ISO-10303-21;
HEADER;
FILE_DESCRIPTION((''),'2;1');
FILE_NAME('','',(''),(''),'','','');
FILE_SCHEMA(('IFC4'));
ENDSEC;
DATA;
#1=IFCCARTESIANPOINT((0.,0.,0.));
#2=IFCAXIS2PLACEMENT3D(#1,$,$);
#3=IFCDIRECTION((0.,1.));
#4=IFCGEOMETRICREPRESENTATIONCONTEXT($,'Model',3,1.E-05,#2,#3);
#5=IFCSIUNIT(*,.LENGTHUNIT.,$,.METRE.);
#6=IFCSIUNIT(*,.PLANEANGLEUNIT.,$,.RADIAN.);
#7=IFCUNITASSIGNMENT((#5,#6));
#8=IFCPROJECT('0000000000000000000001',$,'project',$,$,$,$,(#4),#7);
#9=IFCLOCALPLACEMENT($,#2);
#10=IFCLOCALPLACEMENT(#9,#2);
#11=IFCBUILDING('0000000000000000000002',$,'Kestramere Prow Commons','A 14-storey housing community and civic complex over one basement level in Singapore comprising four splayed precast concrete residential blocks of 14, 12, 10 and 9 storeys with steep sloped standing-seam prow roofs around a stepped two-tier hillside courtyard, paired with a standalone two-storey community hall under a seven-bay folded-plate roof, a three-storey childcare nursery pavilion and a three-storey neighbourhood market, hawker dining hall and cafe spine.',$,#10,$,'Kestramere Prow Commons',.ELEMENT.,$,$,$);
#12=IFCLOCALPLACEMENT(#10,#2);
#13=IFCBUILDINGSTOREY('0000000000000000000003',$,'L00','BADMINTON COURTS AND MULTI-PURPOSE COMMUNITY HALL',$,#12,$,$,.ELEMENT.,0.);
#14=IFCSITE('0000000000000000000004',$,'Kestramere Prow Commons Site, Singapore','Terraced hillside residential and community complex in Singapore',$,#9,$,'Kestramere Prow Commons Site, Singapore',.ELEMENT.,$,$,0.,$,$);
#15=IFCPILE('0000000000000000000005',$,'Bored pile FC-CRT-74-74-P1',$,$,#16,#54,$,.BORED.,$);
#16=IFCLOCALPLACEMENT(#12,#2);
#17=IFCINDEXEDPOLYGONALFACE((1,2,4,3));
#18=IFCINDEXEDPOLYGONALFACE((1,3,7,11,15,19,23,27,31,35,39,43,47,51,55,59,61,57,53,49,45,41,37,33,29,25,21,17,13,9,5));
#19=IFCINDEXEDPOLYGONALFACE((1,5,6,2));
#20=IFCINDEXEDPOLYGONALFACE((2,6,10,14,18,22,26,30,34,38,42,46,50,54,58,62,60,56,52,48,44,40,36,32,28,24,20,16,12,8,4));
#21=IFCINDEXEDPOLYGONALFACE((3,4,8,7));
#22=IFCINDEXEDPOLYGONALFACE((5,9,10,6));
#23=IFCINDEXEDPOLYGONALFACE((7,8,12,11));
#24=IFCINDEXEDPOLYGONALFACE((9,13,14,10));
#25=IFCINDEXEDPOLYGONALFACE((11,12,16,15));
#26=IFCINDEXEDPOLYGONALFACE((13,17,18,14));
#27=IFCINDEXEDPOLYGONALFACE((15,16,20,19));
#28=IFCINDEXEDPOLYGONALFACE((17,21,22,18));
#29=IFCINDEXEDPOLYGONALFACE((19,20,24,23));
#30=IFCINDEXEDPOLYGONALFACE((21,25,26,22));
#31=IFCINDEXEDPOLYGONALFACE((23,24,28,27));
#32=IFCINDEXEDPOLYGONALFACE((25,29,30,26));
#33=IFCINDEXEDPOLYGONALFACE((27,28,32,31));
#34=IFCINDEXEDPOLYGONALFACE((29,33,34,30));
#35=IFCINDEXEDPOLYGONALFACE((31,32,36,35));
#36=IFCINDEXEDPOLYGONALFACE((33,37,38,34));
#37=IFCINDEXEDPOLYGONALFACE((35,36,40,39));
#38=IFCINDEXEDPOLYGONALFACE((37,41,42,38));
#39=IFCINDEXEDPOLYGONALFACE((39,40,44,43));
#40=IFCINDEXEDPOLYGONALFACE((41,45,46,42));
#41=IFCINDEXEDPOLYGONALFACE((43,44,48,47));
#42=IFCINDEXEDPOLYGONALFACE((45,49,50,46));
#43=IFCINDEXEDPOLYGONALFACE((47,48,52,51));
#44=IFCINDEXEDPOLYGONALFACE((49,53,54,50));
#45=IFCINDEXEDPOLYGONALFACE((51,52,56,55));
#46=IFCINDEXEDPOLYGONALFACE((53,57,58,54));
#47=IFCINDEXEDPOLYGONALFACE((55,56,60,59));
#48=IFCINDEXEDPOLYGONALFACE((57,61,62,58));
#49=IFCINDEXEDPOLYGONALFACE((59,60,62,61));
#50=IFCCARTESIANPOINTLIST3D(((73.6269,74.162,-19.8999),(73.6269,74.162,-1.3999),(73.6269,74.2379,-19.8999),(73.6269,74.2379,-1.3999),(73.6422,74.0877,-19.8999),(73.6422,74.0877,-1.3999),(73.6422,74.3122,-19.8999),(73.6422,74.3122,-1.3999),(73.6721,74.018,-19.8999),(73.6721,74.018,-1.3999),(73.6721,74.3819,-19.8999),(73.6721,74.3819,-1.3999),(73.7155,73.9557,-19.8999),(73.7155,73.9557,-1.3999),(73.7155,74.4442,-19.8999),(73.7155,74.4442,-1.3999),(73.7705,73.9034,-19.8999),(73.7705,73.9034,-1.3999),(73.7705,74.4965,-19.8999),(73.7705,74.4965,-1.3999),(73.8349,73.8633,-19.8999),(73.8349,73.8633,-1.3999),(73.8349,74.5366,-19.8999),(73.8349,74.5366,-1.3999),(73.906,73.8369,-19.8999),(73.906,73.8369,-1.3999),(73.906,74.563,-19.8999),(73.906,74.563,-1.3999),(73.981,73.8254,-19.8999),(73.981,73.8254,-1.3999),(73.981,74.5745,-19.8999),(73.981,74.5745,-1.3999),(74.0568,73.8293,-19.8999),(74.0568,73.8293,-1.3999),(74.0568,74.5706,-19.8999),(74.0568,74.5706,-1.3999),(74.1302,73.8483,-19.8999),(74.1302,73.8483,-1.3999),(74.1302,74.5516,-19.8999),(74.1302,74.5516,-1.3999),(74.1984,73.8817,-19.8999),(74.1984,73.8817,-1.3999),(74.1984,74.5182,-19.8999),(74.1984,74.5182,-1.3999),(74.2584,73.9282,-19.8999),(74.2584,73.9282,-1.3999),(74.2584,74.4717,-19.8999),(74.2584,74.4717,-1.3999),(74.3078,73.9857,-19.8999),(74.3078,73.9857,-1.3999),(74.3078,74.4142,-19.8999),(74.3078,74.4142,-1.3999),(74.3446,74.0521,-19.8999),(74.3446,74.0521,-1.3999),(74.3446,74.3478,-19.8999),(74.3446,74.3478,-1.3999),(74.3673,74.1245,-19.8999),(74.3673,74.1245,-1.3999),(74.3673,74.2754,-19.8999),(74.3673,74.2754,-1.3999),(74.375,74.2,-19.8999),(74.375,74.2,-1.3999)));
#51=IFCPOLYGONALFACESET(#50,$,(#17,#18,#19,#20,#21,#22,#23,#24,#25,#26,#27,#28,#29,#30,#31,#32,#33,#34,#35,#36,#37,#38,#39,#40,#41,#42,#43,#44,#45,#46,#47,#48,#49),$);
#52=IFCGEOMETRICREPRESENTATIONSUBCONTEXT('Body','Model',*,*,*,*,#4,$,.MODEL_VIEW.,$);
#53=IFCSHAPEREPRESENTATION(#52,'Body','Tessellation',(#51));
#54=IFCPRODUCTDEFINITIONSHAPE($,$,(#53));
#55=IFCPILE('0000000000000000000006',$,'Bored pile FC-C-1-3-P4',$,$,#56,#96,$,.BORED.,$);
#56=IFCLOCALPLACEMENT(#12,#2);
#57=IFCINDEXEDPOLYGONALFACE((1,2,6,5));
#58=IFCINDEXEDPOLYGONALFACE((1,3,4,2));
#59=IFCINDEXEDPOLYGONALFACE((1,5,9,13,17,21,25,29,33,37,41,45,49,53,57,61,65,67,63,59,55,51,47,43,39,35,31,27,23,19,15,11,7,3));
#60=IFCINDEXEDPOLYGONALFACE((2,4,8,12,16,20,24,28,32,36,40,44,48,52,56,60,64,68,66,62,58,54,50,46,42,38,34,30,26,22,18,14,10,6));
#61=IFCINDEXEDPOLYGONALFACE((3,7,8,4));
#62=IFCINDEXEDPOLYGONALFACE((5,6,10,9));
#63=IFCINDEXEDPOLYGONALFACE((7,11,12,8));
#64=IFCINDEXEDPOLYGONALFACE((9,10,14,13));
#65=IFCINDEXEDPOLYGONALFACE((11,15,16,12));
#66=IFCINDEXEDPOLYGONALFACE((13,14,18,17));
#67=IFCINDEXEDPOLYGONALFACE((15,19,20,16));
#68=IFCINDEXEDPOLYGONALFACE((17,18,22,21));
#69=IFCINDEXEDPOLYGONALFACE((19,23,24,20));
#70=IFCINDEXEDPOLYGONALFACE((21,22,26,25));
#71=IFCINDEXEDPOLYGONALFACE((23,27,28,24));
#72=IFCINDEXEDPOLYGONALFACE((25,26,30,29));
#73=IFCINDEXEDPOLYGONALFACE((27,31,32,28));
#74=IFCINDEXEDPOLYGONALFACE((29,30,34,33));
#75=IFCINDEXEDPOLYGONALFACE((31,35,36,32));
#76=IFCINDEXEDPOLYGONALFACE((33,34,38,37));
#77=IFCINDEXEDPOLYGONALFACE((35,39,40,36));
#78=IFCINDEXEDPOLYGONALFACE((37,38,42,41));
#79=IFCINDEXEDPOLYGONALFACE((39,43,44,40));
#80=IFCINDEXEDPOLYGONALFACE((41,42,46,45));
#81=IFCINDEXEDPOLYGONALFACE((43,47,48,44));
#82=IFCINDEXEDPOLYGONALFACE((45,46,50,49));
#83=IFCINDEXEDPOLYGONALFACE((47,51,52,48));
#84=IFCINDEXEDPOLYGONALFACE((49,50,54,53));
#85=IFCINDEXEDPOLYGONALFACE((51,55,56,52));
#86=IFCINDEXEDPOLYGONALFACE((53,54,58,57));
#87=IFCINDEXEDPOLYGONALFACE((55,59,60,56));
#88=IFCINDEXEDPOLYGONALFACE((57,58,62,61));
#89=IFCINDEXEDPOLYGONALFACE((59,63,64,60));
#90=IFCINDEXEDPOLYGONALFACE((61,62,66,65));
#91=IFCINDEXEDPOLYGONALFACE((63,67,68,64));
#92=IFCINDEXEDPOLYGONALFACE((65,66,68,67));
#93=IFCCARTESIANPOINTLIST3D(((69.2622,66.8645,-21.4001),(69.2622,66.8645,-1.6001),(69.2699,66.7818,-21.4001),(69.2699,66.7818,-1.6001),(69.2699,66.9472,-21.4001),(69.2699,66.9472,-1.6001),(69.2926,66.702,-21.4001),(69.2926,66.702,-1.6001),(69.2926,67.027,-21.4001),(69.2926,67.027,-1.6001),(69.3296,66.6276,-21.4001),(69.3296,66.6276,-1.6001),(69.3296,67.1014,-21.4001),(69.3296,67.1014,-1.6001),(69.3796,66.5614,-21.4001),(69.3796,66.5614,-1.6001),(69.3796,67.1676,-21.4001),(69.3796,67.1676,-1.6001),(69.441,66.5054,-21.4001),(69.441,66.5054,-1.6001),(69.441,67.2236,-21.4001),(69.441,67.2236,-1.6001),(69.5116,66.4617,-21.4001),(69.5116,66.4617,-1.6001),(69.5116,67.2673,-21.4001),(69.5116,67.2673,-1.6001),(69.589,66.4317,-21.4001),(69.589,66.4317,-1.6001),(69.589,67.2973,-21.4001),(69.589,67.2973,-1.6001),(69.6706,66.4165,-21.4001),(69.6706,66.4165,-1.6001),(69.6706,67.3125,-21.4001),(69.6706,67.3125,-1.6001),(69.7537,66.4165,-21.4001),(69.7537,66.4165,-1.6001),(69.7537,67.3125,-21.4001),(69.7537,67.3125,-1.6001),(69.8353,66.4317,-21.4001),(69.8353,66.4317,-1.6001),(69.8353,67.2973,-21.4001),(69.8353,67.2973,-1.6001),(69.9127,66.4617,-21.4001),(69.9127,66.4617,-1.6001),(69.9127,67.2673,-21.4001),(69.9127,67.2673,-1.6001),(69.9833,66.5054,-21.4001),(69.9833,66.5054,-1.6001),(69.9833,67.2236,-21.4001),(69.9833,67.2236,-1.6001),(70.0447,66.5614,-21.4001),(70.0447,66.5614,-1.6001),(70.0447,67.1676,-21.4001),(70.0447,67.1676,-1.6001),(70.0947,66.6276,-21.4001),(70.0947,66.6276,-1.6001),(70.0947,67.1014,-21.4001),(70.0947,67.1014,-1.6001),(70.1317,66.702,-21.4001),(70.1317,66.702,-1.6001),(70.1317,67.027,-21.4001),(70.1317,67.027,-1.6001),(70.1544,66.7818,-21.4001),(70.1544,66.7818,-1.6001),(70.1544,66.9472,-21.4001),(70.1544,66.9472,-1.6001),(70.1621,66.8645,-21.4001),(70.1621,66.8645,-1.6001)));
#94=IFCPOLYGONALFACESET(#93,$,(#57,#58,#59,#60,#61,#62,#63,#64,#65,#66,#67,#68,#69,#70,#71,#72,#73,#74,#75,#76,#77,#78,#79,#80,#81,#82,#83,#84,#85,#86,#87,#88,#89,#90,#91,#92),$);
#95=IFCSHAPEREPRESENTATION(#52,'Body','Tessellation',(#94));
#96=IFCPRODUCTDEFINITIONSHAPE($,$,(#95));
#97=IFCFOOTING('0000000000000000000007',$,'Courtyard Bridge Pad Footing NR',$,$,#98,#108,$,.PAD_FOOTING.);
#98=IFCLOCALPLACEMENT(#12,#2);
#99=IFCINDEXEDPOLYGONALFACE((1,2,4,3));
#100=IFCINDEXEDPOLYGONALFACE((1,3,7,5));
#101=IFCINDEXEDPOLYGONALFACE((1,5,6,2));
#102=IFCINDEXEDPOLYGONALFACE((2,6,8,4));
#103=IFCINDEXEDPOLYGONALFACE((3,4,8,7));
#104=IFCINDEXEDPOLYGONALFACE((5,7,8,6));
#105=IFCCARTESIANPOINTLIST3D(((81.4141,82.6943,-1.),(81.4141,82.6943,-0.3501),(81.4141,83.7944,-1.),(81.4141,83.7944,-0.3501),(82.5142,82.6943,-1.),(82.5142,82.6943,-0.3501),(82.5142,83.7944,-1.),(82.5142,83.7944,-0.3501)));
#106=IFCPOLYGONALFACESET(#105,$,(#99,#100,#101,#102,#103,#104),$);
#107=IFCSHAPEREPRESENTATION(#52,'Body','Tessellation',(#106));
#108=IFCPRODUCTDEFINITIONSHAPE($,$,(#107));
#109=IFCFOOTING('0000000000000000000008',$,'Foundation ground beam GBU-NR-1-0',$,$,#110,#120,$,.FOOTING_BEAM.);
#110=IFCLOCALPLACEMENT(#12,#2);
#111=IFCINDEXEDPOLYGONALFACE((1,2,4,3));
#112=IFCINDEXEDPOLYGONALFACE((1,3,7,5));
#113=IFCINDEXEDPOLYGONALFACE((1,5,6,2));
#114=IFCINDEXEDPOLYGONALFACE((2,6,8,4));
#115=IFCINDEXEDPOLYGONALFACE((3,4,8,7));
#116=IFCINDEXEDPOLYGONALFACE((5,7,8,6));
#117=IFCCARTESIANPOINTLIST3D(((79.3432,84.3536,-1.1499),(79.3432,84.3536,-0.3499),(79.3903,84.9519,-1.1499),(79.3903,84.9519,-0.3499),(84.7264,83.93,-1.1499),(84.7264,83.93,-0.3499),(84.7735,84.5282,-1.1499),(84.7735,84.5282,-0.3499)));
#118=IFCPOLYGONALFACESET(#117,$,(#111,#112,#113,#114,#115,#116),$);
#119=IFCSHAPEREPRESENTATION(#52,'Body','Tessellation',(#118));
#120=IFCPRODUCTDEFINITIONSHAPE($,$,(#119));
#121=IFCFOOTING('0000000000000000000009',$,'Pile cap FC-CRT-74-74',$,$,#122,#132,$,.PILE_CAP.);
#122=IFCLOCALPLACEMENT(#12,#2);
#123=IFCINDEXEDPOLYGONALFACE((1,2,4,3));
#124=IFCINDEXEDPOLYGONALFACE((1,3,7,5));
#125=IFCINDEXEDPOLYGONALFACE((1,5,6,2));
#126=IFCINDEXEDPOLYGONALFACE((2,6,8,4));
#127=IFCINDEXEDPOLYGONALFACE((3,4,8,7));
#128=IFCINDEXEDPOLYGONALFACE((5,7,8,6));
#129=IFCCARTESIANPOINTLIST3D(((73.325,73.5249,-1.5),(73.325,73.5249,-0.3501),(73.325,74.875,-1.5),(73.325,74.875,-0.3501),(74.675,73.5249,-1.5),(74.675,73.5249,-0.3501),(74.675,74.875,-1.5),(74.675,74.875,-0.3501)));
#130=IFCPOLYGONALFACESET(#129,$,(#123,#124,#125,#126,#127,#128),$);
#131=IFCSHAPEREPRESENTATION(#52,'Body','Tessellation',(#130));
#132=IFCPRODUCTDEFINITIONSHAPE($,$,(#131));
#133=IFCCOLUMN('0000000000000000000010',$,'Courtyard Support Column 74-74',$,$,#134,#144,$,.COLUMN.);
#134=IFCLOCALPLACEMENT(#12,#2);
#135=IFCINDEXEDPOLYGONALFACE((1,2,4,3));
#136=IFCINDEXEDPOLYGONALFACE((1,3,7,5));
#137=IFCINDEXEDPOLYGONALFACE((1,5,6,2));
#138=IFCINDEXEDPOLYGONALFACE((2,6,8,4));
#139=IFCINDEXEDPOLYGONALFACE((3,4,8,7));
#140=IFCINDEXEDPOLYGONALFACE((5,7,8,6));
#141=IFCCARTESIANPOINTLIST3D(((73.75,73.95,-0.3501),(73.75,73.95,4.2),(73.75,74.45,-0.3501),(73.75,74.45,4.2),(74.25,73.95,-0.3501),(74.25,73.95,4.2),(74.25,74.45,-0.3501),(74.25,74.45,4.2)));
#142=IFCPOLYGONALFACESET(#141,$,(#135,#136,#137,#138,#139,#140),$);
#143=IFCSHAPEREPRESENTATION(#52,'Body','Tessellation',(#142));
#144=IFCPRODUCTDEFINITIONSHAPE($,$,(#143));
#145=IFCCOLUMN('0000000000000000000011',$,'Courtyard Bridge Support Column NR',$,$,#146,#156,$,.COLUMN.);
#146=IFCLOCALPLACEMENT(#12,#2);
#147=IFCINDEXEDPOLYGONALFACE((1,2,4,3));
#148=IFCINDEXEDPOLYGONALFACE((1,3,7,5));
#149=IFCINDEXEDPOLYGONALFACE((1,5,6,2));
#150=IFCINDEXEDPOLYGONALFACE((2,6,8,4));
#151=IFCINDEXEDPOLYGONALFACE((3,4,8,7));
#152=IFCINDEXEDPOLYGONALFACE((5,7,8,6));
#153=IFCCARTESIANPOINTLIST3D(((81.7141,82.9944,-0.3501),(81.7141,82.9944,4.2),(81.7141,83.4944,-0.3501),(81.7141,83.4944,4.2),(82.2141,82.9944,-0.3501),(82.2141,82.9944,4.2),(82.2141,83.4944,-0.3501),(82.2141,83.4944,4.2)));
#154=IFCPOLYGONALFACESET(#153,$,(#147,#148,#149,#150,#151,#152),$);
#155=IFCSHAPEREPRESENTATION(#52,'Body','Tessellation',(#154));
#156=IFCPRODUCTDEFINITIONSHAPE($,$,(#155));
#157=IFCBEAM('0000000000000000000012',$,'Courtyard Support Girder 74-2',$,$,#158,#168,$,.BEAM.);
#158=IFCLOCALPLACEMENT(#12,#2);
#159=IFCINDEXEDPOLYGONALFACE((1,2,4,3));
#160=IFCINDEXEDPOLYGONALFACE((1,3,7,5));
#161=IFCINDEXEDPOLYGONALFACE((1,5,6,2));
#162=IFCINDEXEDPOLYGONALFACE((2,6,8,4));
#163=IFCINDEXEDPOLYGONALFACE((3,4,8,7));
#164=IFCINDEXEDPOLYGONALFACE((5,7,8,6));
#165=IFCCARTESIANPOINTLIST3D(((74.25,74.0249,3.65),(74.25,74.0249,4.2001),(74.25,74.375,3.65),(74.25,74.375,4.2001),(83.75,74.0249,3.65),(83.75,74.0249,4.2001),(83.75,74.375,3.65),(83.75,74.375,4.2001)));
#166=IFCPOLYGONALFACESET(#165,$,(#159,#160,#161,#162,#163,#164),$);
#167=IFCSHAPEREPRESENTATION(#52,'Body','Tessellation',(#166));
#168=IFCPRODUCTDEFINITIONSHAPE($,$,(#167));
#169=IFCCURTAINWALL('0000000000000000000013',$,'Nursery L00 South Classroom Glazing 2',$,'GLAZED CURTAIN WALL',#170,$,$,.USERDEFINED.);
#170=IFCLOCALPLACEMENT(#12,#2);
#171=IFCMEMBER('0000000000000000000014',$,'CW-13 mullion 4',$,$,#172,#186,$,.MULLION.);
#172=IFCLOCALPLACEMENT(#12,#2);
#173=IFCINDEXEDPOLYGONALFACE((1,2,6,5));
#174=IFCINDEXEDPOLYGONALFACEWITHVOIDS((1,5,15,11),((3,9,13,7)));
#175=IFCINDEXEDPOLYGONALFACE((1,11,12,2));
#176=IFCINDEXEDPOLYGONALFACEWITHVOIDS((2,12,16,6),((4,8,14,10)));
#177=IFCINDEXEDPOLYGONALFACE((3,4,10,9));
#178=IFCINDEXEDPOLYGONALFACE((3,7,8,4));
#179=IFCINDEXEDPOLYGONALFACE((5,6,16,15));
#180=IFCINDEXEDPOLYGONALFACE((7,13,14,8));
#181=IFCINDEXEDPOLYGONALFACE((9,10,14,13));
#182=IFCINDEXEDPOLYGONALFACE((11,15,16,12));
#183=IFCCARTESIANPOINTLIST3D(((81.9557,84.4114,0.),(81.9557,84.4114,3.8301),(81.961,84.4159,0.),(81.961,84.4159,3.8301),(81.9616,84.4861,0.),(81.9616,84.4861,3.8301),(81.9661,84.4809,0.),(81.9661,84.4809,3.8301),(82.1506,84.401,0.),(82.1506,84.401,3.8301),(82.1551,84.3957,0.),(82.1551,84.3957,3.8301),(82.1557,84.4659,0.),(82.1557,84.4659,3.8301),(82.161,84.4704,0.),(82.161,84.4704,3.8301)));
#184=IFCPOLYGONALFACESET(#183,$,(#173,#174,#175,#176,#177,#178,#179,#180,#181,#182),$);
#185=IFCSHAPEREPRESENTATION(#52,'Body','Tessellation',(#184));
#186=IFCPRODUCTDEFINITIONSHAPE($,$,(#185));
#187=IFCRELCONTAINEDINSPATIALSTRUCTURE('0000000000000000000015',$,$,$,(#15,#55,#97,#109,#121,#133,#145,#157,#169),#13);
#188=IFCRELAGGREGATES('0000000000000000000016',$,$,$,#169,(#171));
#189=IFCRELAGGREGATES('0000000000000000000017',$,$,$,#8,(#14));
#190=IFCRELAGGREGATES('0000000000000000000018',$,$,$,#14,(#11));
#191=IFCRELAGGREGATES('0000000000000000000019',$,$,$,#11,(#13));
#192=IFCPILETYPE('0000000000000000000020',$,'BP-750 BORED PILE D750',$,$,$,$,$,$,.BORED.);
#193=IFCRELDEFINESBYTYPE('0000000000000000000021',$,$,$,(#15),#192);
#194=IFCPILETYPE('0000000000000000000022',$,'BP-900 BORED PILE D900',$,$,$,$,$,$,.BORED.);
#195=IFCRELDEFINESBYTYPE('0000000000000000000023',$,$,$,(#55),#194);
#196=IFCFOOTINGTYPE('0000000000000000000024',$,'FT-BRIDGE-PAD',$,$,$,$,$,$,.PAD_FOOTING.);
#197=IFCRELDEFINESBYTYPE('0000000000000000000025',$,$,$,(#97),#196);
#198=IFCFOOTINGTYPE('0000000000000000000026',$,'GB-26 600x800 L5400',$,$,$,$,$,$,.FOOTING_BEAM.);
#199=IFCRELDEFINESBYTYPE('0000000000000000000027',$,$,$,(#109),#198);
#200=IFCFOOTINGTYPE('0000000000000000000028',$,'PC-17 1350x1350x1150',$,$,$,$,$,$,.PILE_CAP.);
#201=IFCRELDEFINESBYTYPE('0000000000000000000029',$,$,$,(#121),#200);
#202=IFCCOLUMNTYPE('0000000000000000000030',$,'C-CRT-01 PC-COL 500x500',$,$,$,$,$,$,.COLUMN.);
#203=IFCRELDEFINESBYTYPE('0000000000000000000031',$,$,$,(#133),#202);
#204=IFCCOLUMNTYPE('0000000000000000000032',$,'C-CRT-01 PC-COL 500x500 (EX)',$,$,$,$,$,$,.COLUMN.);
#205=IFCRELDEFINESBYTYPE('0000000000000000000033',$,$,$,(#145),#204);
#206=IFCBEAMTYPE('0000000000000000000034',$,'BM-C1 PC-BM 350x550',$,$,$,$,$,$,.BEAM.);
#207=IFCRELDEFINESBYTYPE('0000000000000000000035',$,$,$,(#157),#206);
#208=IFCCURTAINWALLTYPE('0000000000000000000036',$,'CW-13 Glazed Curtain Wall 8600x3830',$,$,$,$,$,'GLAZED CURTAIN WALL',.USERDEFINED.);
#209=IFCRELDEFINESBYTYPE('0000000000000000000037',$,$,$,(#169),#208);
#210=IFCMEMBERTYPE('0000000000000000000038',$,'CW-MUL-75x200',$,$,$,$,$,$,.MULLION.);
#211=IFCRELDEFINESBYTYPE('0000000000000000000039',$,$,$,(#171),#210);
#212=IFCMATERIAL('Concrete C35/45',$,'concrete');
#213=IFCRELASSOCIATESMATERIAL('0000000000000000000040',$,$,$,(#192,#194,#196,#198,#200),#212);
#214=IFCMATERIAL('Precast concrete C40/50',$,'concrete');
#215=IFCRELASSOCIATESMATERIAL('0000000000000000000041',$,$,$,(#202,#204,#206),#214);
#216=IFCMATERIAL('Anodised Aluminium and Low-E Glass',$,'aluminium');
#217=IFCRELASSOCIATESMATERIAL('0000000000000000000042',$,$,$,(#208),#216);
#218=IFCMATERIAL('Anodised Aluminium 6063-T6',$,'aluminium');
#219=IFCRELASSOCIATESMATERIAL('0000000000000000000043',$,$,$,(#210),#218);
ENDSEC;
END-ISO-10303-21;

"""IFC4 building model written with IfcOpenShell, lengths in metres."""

from ifc_helpers import new_model, si_unit, direction, frame, origin, origin_2d, place, context, subcontext, project, spatial, rectangle, hollow_rectangle, circle, extrude, material, material_profile, profile_set, type_object, element, aggregate, save


model = new_model("IFC4")

# Units and contexts
model_context = context("Model", 3, precision=1e-05, world=origin(), true_north=direction((0.0, 1.0)))
body_context = subcontext(model_context, "Body", "Model", "MODEL_VIEW")
ifc_project = project(units=[si_unit("LENGTHUNIT", "METRE"), si_unit("PLANEANGLEUNIT", "RADIAN")], contexts=[model_context])

# Site, building, storey
site_placement = place(None, origin())
site = spatial("IfcSite", under=ifc_project, at=site_placement, Name="Kestramere Prow Commons Site, Singapore", Description="Terraced hillside residential and community complex in Singapore", LongName="Kestramere Prow Commons Site, Singapore", CompositionType="ELEMENT", RefElevation=0.0)
building_placement = place(site_placement, origin())
building = spatial("IfcBuilding", under=site, at=building_placement, Name="Kestramere Prow Commons", Description="A 14-storey housing community and civic complex over one basement level in Singapore comprising four splayed precast concrete residential blocks of 14, 12, 10 and 9 storeys with steep sloped standing-seam prow roofs around a stepped two-tier hillside courtyard, paired with a standalone two-storey community hall under a seven-bay folded-plate roof, a three-storey childcare nursery pavilion and a three-storey neighbourhood market, hawker dining hall and cafe spine.", LongName="Kestramere Prow Commons", CompositionType="ELEMENT")
storey_placement = place(building_placement, origin())
storey = spatial("IfcBuildingStorey", under=building, at=storey_placement, Name="L00", Description="BADMINTON COURTS AND MULTI-PURPOSE COMMUNITY HALL", CompositionType="ELEMENT", Elevation=0.0)

# Piles
ifc_material_1 = material(Name="Concrete C35/45", Category="concrete")
ifc_material_profile_1 = material_profile(ifc_material_1, circle(Radius=0.375, at=origin_2d()), Name="BORED PILE D750")
ifc_profile_set_1 = profile_set([ifc_material_profile_1], Name="Concrete C35/45")
pile_type_1 = type_object("IfcPileType", Name="BP-750 BORED PILE D750", PredefinedType="BORED", material=ifc_profile_set_1)
pile_1_placement = place(storey_placement, frame((74.0, 74.2, -1.3999), z_axis=(0.0, 0.0, -1.0), x_axis=(1.0, 0.0, 0.0)))
element("IfcPile", 1, at=pile_1_placement, inside=storey, type_object=pile_type_1, Name="Bored pile FC-CRT-74-74-P1", PredefinedType="BORED", context=body_context, shape_type="SweptSolid", body=[
    extrude(circle(Radius=0.375, at=origin_2d()), origin(), (0.0, 0.0, 1.0), 18.5),
])
ifc_material_profile_2 = material_profile(ifc_material_1, circle(Radius=0.45, at=origin_2d()), Name="BORED PILE D900")
ifc_profile_set_2 = profile_set([ifc_material_profile_2], Name="Concrete C35/45")
pile_type_2 = type_object("IfcPileType", Name="BP-900 BORED PILE D900", PredefinedType="BORED", material=ifc_profile_set_2)
pile_2_placement = place(storey_placement, frame((69.7122, 66.8645, -1.6001), z_axis=(0.0, 0.0, -1.0), x_axis=(1.0, 0.0, 0.0)))
element("IfcPile", 2, at=pile_2_placement, inside=storey, type_object=pile_type_2, Name="Bored pile FC-C-1-3-P4", PredefinedType="BORED", context=body_context, shape_type="SweptSolid", body=[
    extrude(circle(Radius=0.45, at=origin_2d()), origin(), (0.0, 0.0, 1.0), 19.8),
])

# Footings
footing_type_1 = type_object("IfcFootingType", Name="FT-BRIDGE-PAD", PredefinedType="PAD_FOOTING", material=ifc_material_1)
footing_1_placement = place(storey_placement, frame((81.9641, 83.2444, -1.0), z_axis=(0.0, 0.0, 1.0), x_axis=(1.0, 0.0, 0.0)))
element("IfcFooting", 3, at=footing_1_placement, inside=storey, type_object=footing_type_1, Name="Courtyard Bridge Pad Footing NR", PredefinedType="PAD_FOOTING", context=body_context, shape_type="SweptSolid", body=[
    extrude(rectangle(XDim=1.1001, YDim=1.1001, at=origin_2d()), origin(), (0.0, 0.0, 1.0), 0.6499),
])
footing_type_2 = type_object("IfcFootingType", Name="GB-26 600x800 L5400", PredefinedType="FOOTING_BEAM", material=ifc_material_1)
footing_2_placement = place(storey_placement, frame((82.0583, 84.4409, -1.1499), z_axis=(0.0, 0.0, 1.0), x_axis=(0.996917, -0.078459, 0.0)))
element("IfcFooting", 4, at=footing_2_placement, inside=storey, type_object=footing_type_2, Name="Foundation ground beam GBU-NR-1-0", PredefinedType="FOOTING_BEAM", context=body_context, shape_type="SweptSolid", body=[
    extrude(rectangle(XDim=5.3999, YDim=0.6001, at=origin_2d()), origin(), (0.0, 0.0, 1.0), 0.8),
])
footing_type_3 = type_object("IfcFootingType", Name="PC-17 1350x1350x1150", PredefinedType="PILE_CAP", material=ifc_material_1)
footing_3_placement = place(storey_placement, frame((74.0, 74.2, -1.5), z_axis=(0.0, 0.0, 1.0), x_axis=(1.0, 0.0, 0.0)))
element("IfcFooting", 5, at=footing_3_placement, inside=storey, type_object=footing_type_3, Name="Pile cap FC-CRT-74-74", PredefinedType="PILE_CAP", context=body_context, shape_type="SweptSolid", body=[
    extrude(rectangle(XDim=1.3501, YDim=1.3501, at=origin_2d()), origin(), (0.0, 0.0, 1.0), 1.1499),
])

# Columns
ifc_material_2 = material(Name="Precast concrete C40/50", Category="concrete")
ifc_material_profile_3 = material_profile(ifc_material_2, rectangle(XDim=0.5, YDim=0.5, at=origin_2d()), Name="PC-COL 500x500")
ifc_profile_set_3 = profile_set([ifc_material_profile_3], Name="Precast concrete C40/50")
column_type_1 = type_object("IfcColumnType", Name="C-CRT-01 PC-COL 500x500", PredefinedType="COLUMN", material=ifc_profile_set_3)
column_1_placement = place(storey_placement, frame((74.0, 74.2, -0.3501), z_axis=(0.0, 0.0, 1.0), x_axis=(1.0, 0.0, 0.0)))
element("IfcColumn", 6, at=column_1_placement, inside=storey, type_object=column_type_1, Name="Courtyard Support Column 74-74", PredefinedType="COLUMN", context=body_context, shape_type="SweptSolid", body=[
    extrude(rectangle(XDim=0.5, YDim=0.5, at=origin_2d()), origin(), (0.0, 0.0, 1.0), 4.55),
])
ifc_material_profile_4 = material_profile(ifc_material_2, rectangle(XDim=0.5, YDim=0.5, at=origin_2d()), Name="PC-COL 500x500")
ifc_profile_set_4 = profile_set([ifc_material_profile_4], Name="Precast concrete C40/50")
column_type_2 = type_object("IfcColumnType", Name="C-CRT-01 PC-COL 500x500 (EX)", PredefinedType="COLUMN", material=ifc_profile_set_4)
column_2_placement = place(storey_placement, frame((81.9641, 83.2444, -0.3501), z_axis=(0.0, 0.0, 1.0), x_axis=(1.0, 0.0, 0.0)))
element("IfcColumn", 7, at=column_2_placement, inside=storey, type_object=column_type_2, Name="Courtyard Bridge Support Column NR", PredefinedType="COLUMN", context=body_context, shape_type="SweptSolid", body=[
    extrude(rectangle(XDim=0.5, YDim=0.5, at=origin_2d()), origin(), (0.0, 0.0, 1.0), 4.55),
])

# Beam
ifc_material_profile_5 = material_profile(ifc_material_2, rectangle(XDim=0.3501, YDim=0.55, at=origin_2d()), Name="PC-BM 350x550")
ifc_profile_set_5 = profile_set([ifc_material_profile_5], Name="Precast concrete C40/50")
beam_type = type_object("IfcBeamType", Name="BM-C1 PC-BM 350x550", PredefinedType="BEAM", material=ifc_profile_set_5)
beam_placement = place(storey_placement, frame((74.25, 74.2, 3.925), z_axis=(1.0, 0.0, 0.0), x_axis=(0.0, 1.0, 0.0)))
element("IfcBeam", 8, at=beam_placement, inside=storey, type_object=beam_type, Name="Courtyard Support Girder 74-2", PredefinedType="BEAM", context=body_context, shape_type="SweptSolid", body=[
    extrude(rectangle(XDim=0.3501, YDim=0.55, at=origin_2d()), origin(), (0.0, 0.0, 1.0), 9.5),
])

# Curtain wall, member
ifc_material_3 = material(Name="Anodised Aluminium and Low-E Glass", Category="aluminium")
curtain_wall_type = type_object("IfcCurtainWallType", Name="CW-13 Glazed Curtain Wall 8600x3830", ElementType="GLAZED CURTAIN WALL", PredefinedType="USERDEFINED", material=ifc_material_3)
curtain_wall_placement = place(storey_placement, origin())
curtain_wall = element("IfcCurtainWall", 9, at=curtain_wall_placement, inside=storey, type_object=curtain_wall_type, Name="Nursery L00 South Classroom Glazing 2", ObjectType="GLAZED CURTAIN WALL", PredefinedType="USERDEFINED")
ifc_material_4 = material(Name="Anodised Aluminium 6063-T6", Category="aluminium")
ifc_material_profile_6 = material_profile(ifc_material_4, hollow_rectangle(XDim=0.075, YDim=0.2, WallThickness=0.0049, at=origin_2d()), Name="ALU-MUL 75x200")
ifc_profile_set_6 = profile_set([ifc_material_profile_6], Name="Anodised Aluminium 6063-T6")
member_type_1 = type_object("IfcMemberType", Name="CW-MUL-75x200", PredefinedType="MULLION", material=ifc_profile_set_6)
member_1_placement = place(storey_placement, frame((82.0583, 84.4409, 0.0), z_axis=(0.0, 0.0, 1.0), x_axis=(-0.078459, -0.996917, 0.0)))
member_1 = element("IfcMember", 10, at=member_1_placement, type_object=member_type_1, Name="CW-13 mullion 4", PredefinedType="MULLION", context=body_context, shape_type="SweptSolid", body=[
    extrude(hollow_rectangle(XDim=0.075, YDim=0.2, WallThickness=0.0049, at=origin_2d()), origin(), (0.0, 0.0, 1.0), 3.8301),
])
aggregate(curtain_wall, [member_1])

save(model, "model.ifc")
